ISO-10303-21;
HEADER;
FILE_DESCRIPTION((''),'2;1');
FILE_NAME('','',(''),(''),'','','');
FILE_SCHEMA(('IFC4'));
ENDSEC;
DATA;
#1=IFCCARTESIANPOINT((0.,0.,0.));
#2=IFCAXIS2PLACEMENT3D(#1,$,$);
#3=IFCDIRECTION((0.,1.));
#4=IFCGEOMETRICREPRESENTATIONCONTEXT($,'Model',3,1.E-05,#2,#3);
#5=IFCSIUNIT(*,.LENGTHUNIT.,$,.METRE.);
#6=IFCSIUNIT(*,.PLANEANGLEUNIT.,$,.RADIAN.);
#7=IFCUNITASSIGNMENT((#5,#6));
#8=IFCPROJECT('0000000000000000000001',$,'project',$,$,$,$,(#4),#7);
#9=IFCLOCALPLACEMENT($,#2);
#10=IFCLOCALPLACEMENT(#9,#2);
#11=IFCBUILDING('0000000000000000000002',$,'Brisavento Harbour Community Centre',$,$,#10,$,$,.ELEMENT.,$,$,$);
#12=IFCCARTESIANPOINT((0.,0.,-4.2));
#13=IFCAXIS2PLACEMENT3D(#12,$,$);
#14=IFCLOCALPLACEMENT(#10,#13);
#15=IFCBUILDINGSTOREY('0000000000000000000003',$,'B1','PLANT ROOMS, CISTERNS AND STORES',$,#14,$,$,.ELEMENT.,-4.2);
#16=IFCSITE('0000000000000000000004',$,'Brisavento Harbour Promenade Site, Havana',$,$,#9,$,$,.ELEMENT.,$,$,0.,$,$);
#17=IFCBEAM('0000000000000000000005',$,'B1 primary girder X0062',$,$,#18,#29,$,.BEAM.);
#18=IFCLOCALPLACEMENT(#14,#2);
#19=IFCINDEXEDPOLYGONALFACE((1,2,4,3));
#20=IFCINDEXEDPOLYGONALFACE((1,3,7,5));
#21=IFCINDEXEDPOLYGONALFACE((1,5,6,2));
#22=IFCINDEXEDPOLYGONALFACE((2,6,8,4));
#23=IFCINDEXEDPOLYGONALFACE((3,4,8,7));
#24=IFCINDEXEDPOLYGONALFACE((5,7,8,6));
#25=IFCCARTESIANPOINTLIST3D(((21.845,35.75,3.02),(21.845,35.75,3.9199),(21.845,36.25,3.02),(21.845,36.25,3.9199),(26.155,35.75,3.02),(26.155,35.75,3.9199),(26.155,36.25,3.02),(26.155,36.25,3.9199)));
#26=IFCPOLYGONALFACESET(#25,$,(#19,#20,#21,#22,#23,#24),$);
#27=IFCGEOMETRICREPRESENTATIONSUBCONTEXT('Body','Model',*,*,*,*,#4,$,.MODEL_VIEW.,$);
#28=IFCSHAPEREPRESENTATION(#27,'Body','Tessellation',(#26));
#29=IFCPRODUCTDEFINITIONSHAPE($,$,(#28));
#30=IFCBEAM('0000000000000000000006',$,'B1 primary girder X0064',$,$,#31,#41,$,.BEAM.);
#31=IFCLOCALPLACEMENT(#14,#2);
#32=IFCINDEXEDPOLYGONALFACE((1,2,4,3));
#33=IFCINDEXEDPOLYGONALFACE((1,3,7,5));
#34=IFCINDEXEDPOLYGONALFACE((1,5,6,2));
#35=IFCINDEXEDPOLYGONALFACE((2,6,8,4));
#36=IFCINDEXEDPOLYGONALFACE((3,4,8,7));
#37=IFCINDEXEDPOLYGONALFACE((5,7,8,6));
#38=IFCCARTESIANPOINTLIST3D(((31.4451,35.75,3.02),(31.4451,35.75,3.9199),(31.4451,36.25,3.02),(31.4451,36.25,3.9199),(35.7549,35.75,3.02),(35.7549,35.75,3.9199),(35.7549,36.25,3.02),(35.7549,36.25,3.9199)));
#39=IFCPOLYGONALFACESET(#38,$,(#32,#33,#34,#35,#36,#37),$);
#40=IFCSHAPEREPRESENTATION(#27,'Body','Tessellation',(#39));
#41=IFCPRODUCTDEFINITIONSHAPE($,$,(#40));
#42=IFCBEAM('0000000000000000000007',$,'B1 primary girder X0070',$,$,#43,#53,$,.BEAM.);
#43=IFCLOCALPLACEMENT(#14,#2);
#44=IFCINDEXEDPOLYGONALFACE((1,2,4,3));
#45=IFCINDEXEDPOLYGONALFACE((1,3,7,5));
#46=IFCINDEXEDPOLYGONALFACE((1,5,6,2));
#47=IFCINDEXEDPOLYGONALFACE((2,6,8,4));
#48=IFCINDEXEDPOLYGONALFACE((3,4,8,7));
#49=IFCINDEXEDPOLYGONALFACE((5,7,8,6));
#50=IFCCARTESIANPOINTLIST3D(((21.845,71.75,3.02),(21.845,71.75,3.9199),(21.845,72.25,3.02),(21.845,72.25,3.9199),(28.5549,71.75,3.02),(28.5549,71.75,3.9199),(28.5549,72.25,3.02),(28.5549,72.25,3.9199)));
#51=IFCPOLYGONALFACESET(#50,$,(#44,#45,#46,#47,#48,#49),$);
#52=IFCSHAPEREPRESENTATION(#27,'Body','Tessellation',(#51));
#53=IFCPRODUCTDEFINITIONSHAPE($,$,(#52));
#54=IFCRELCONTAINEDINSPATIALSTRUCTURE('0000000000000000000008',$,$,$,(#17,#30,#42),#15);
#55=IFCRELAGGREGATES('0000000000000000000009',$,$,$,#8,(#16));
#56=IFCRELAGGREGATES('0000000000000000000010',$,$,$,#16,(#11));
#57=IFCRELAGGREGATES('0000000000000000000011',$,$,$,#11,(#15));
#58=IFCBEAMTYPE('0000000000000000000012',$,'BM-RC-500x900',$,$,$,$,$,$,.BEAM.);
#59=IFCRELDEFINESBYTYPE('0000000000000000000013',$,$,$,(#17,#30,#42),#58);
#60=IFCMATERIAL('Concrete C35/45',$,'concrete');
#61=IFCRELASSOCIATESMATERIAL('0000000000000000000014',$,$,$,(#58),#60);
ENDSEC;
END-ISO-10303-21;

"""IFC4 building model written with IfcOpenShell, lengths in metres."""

from ifc_helpers import new_model, si_unit, direction, frame, origin, origin_2d, place, context, subcontext, project, spatial, rectangle, extrude, material, material_profile, profile_set, type_object, element, save


model = new_model("IFC4")

# Units and contexts
model_context = context("Model", 3, precision=1e-05, world=origin(), true_north=direction((0.0, 1.0)))
body_context = subcontext(model_context, "Body", "Model", "MODEL_VIEW")
ifc_project = project(units=[si_unit("LENGTHUNIT", "METRE"), si_unit("PLANEANGLEUNIT", "RADIAN")], contexts=[model_context])

# Site, building, storey
site_placement = place(None, origin())
site = spatial("IfcSite", under=ifc_project, at=site_placement, Name="Brisavento Harbour Promenade Site, Havana", CompositionType="ELEMENT", RefElevation=0.0)
building_placement = place(site_placement, origin())
building = spatial("IfcBuilding", under=site, at=building_placement, Name="Brisavento Harbour Community Centre", CompositionType="ELEMENT")
storey_placement = place(building_placement, frame((0.0, 0.0, -4.2)))
storey = spatial("IfcBuildingStorey", under=building, at=storey_placement, Name="B1", Description="PLANT ROOMS, CISTERNS AND STORES", CompositionType="ELEMENT", Elevation=-4.2)

# Shared definitions
ifc_material_1 = material(Name="Concrete C35/45", Category="concrete")

# Beams
ifc_material_profile_1 = material_profile(ifc_material_1, rectangle(XDim=0.5, YDim=0.8999, at=origin_2d()), Name="Concrete C35/45")
ifc_profile_set_1 = profile_set([ifc_material_profile_1], Name="Concrete C35/45")
beam_type_1 = type_object("IfcBeamType", Name="BM-RC-500x900", PredefinedType="BEAM", material=ifc_profile_set_1)
beam_1_placement = place(storey_placement, frame((21.845, 36.0, 3.47), z_axis=(1.0, 0.0, 0.0), x_axis=(0.0, 1.0, 0.0)))
element("IfcBeam", 1, at=beam_1_placement, inside=storey, type_object=beam_type_1, Name="B1 primary girder X0062", PredefinedType="BEAM", context=body_context, shape_type="SweptSolid", body=[
    extrude(rectangle(XDim=0.5, YDim=0.8999, at=origin_2d()), origin(), (0.0, 0.0, 1.0), 4.3101),
])
beam_2_placement = place(storey_placement, frame((31.4451, 36.0, 3.47), z_axis=(1.0, 0.0, 0.0), x_axis=(0.0, 1.0, 0.0)))
element("IfcBeam", 2, at=beam_2_placement, inside=storey, type_object=beam_type_1, Name="B1 primary girder X0064", PredefinedType="BEAM", context=body_context, shape_type="SweptSolid", body=[
    extrude(rectangle(XDim=0.5, YDim=0.8999, at=origin_2d()), origin(), (0.0, 0.0, 1.0), 4.3098),
])
beam_3_placement = place(storey_placement, frame((21.845, 72.0, 3.47), z_axis=(1.0, 0.0, 0.0), x_axis=(0.0, 1.0, 0.0)))
element("IfcBeam", 3, at=beam_3_placement, inside=storey, type_object=beam_type_1, Name="B1 primary girder X0070", PredefinedType="BEAM", context=body_context, shape_type="SweptSolid", body=[
    extrude(rectangle(XDim=0.5, YDim=0.8999, at=origin_2d()), origin(), (0.0, 0.0, 1.0), 6.71),
])

save(model, "model.ifc")
